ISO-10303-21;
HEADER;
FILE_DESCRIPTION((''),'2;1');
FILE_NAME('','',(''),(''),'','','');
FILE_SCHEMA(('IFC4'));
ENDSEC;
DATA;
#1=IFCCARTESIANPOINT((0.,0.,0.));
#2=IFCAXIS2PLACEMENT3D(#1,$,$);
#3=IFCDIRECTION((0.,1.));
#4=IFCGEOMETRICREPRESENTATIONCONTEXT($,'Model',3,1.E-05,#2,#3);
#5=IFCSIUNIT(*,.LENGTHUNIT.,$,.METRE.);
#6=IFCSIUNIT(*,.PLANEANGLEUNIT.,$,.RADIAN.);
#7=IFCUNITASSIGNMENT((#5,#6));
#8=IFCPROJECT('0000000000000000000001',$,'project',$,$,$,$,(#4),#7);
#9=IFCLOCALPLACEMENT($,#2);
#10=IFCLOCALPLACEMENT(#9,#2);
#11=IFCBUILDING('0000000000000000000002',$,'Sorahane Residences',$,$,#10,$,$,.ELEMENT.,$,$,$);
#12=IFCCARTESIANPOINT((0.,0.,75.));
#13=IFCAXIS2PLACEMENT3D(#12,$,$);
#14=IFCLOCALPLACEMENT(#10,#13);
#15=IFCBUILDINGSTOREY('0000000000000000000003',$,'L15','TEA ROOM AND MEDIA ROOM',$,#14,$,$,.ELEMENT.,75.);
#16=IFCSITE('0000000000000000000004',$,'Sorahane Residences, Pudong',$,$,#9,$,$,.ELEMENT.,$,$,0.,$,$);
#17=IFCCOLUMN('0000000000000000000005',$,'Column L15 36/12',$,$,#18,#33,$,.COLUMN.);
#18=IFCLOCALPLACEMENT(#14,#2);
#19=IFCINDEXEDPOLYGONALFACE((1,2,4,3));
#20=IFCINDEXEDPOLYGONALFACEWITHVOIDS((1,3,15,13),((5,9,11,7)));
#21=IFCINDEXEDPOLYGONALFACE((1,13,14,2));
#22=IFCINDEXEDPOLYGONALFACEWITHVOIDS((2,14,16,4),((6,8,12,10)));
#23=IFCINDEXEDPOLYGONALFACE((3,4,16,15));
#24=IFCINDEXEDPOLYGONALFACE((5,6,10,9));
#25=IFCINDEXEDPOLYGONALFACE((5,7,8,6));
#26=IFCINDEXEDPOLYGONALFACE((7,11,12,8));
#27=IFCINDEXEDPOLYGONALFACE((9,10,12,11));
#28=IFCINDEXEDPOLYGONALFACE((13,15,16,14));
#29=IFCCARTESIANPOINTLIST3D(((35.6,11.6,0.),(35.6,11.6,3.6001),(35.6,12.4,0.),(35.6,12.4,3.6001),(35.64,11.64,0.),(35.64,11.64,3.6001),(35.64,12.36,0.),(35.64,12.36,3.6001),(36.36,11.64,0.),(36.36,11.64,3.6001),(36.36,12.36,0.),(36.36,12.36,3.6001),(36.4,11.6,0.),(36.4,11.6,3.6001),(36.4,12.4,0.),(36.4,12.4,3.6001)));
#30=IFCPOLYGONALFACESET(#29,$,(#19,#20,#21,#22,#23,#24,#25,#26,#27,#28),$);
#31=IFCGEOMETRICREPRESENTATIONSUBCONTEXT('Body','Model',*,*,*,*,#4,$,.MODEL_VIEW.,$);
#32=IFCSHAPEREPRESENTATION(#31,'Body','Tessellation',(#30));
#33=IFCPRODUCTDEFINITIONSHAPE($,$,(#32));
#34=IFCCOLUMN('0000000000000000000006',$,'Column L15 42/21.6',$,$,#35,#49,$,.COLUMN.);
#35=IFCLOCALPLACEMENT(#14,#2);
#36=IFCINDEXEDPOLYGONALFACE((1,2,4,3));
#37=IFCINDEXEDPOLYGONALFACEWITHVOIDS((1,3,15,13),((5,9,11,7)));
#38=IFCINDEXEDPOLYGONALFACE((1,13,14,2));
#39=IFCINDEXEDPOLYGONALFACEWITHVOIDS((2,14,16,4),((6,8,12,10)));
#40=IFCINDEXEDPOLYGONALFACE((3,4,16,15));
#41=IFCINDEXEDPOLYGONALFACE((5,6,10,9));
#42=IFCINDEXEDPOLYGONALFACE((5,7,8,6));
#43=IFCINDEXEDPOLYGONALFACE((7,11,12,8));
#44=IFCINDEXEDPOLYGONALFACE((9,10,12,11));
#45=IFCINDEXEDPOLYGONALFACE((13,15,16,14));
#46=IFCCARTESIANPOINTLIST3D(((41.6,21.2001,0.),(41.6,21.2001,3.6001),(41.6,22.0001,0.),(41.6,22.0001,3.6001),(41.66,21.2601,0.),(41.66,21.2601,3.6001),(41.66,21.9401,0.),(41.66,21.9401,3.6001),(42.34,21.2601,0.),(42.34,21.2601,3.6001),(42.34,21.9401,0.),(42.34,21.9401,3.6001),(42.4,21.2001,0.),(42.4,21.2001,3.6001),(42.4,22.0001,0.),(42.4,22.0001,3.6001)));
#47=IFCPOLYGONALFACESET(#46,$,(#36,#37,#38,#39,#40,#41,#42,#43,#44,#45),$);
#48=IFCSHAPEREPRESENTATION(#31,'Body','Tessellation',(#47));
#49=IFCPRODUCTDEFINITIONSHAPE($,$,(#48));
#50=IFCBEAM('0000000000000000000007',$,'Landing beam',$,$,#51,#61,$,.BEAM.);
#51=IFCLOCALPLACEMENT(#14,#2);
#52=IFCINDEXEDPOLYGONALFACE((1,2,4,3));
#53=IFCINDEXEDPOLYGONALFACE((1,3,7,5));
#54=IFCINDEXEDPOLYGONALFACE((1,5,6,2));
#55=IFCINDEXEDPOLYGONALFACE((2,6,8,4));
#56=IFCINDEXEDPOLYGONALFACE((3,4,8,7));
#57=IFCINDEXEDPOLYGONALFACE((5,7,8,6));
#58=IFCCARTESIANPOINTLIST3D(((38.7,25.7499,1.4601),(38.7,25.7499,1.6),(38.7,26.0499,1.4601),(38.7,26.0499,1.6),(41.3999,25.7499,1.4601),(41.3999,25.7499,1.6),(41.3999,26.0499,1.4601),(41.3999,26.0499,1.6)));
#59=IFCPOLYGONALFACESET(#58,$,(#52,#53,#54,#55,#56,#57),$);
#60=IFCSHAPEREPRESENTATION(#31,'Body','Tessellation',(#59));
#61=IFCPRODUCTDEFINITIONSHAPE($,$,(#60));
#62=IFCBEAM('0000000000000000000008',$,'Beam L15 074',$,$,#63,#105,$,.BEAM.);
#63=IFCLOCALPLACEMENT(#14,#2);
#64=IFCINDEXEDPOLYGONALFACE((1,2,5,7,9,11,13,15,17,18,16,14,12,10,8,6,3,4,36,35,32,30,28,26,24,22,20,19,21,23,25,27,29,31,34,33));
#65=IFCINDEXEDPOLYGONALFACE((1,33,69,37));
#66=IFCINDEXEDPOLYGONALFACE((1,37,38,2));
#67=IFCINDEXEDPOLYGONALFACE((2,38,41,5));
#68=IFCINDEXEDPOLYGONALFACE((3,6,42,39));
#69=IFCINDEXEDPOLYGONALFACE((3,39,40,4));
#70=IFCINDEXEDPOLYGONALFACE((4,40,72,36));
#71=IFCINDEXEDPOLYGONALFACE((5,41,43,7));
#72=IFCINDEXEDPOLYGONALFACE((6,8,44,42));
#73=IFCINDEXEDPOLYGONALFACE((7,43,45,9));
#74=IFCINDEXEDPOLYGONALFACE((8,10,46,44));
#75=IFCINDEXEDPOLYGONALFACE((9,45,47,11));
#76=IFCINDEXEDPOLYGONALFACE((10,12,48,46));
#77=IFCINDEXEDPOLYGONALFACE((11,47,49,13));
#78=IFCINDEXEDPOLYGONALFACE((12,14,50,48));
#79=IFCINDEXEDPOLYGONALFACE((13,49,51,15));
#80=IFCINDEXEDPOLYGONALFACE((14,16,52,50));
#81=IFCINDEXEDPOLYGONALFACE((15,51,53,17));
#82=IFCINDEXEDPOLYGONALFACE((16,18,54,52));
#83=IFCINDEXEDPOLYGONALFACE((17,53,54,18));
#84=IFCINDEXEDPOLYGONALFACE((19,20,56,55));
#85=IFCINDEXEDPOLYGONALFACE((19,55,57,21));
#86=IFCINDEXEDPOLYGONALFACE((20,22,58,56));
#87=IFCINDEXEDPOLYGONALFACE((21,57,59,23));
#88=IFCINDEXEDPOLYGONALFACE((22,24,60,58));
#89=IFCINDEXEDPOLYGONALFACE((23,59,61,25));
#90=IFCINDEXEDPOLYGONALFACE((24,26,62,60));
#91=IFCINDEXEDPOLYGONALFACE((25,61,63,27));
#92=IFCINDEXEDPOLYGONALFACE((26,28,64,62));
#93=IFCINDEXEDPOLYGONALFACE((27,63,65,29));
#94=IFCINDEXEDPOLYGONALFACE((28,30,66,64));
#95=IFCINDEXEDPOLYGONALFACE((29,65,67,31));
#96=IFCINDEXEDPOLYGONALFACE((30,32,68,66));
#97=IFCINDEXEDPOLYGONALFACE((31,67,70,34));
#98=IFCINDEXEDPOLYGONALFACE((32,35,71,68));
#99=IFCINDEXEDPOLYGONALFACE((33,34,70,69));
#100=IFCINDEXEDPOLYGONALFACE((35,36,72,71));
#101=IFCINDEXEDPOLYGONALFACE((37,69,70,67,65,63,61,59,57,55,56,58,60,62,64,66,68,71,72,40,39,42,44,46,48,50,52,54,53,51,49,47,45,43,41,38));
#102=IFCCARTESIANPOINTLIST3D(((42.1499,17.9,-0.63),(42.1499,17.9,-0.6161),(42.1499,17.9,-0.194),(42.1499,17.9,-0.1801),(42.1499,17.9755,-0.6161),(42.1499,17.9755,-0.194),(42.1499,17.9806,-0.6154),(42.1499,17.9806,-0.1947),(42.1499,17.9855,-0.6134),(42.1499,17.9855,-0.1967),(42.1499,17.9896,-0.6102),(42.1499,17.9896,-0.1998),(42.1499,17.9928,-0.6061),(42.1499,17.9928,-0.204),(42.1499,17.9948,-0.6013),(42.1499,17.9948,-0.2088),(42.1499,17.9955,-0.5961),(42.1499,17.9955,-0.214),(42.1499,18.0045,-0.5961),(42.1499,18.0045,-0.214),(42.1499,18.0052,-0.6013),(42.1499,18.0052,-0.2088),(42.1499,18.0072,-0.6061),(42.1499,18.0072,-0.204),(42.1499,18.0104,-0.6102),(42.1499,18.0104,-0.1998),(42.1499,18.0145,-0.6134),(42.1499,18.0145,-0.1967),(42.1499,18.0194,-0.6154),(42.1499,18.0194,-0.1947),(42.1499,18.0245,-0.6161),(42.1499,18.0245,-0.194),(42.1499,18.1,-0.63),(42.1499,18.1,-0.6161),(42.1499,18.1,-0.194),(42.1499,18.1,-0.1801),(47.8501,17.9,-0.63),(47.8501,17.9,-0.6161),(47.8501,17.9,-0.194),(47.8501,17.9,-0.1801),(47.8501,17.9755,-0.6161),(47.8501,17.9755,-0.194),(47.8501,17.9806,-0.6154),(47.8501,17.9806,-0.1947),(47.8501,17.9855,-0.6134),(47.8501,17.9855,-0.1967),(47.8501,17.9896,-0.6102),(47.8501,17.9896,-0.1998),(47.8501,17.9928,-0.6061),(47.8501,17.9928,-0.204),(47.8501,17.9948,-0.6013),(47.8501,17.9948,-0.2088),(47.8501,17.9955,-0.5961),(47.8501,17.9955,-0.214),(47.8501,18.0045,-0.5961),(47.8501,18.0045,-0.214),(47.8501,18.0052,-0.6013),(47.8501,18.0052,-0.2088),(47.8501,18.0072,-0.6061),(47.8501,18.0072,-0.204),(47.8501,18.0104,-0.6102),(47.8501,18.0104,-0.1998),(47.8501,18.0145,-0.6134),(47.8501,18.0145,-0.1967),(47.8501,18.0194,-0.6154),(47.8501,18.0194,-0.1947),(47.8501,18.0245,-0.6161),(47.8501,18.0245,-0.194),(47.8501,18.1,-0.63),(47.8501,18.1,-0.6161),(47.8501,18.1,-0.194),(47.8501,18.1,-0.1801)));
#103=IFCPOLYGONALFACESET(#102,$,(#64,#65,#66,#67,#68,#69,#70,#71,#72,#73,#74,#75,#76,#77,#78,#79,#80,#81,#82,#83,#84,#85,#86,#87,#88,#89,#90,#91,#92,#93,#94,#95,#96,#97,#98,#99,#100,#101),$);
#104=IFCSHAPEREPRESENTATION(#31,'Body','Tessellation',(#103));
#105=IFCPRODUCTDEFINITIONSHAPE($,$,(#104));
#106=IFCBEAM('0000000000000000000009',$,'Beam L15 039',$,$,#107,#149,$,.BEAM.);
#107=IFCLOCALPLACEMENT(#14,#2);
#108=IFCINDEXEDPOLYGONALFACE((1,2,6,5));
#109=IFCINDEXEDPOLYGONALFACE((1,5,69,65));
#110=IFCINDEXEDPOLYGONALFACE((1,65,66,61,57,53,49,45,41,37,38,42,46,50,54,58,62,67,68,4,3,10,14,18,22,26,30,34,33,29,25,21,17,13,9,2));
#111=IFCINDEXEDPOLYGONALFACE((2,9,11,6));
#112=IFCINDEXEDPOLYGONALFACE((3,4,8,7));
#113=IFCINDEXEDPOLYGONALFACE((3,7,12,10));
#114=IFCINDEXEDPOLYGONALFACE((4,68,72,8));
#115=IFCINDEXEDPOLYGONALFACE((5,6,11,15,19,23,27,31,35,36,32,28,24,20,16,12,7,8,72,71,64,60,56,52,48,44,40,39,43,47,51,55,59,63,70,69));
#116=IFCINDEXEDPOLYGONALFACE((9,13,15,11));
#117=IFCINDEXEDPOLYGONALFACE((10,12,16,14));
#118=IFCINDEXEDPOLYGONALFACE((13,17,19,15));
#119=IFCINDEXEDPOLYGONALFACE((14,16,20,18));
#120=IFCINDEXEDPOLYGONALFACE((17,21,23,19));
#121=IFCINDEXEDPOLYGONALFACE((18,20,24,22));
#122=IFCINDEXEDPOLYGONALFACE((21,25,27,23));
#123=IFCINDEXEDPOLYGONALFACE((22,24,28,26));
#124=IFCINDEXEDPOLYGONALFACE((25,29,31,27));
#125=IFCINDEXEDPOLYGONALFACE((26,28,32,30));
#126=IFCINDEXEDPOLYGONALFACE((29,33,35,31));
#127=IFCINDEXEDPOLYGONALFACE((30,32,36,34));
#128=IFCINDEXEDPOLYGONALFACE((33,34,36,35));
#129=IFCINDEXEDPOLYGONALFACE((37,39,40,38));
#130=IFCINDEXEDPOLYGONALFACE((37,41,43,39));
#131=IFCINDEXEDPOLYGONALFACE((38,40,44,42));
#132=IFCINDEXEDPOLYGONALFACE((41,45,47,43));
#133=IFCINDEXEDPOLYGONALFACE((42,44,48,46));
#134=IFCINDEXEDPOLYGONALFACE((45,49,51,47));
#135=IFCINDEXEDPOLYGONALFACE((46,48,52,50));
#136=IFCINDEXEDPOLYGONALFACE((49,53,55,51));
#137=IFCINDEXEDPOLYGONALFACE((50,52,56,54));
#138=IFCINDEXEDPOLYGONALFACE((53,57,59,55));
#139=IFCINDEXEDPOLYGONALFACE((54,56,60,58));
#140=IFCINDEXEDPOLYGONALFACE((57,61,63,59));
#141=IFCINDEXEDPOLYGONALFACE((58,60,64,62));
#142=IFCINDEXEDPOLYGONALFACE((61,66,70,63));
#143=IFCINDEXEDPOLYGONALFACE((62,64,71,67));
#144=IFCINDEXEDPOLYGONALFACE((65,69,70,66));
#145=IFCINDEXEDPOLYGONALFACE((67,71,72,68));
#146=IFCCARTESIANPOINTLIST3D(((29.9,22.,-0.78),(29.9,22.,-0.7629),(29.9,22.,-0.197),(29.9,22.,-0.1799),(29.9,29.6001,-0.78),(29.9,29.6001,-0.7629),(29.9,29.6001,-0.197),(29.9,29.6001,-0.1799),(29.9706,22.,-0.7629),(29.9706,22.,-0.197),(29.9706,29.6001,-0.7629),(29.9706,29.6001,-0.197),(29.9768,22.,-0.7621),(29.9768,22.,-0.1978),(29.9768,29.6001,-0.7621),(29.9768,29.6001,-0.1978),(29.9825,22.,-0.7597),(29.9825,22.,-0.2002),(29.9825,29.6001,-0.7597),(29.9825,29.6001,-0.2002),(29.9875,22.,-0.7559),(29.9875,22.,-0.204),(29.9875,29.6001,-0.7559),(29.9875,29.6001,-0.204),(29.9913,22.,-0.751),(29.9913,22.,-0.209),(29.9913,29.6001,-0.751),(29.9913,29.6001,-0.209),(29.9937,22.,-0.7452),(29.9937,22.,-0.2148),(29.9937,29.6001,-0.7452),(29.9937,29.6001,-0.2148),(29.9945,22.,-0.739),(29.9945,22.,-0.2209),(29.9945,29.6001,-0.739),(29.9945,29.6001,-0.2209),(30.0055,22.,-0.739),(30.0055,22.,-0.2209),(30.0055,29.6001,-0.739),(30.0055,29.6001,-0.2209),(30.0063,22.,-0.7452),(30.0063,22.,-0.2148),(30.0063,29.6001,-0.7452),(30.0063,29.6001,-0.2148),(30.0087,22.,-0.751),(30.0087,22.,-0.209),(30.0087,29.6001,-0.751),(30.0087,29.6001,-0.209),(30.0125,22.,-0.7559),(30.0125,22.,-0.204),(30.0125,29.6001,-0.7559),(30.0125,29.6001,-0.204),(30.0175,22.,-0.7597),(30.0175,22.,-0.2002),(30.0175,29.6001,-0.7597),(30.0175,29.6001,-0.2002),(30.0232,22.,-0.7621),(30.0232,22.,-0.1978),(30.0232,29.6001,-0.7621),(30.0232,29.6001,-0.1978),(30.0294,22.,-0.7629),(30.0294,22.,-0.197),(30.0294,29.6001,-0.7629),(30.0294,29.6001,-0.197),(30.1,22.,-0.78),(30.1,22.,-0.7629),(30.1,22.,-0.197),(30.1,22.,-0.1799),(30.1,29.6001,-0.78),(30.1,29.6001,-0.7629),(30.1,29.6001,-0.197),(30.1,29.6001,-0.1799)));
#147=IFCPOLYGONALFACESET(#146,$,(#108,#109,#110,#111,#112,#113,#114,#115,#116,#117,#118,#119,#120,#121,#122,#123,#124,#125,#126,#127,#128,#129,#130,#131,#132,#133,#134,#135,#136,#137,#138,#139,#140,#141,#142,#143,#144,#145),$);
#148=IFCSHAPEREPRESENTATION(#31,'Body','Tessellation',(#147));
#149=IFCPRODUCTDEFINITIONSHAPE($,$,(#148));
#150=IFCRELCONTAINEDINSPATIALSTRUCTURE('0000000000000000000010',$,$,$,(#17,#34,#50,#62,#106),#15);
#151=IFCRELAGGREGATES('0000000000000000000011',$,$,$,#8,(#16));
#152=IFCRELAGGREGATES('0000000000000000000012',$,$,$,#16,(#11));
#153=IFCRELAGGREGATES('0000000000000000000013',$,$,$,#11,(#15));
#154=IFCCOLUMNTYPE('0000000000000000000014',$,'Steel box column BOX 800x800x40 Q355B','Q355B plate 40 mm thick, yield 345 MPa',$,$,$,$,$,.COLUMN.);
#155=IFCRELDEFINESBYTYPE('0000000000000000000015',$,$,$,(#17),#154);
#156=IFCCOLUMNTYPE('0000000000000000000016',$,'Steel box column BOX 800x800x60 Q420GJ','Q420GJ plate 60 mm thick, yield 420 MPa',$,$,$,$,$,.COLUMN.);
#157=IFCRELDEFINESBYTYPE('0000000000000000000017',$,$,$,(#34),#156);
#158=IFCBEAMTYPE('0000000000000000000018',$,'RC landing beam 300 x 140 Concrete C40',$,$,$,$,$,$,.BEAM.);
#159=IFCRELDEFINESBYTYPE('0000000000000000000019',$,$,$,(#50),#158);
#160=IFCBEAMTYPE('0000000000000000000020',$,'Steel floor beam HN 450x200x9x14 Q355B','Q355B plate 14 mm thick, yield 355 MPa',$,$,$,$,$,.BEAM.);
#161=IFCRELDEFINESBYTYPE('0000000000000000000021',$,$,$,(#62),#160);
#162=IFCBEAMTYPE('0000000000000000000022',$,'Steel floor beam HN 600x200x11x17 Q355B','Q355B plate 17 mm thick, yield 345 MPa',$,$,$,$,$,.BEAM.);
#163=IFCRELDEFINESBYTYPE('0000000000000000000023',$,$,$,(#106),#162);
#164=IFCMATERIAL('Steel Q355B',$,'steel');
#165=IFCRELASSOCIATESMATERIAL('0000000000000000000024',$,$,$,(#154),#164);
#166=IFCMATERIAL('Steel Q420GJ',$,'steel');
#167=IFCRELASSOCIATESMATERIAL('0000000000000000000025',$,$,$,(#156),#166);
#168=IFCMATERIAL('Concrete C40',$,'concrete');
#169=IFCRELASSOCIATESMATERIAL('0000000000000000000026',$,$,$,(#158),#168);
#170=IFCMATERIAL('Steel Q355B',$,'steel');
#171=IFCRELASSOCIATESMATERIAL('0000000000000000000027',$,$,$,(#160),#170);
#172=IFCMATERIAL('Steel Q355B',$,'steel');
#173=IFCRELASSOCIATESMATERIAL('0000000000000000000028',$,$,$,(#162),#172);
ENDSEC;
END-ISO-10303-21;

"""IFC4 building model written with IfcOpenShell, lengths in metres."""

from ifc_helpers import new_model, si_unit, direction, frame, origin, origin_2d, place, context, subcontext, project, spatial, rectangle, hollow_rectangle, i_section, extrude, material, material_profile, profile_set, type_object, element, save


model = new_model("IFC4")

# Units and contexts
model_context = context("Model", 3, precision=1e-05, world=origin(), true_north=direction((0.0, 1.0)))
body_context = subcontext(model_context, "Body", "Model", "MODEL_VIEW")
ifc_project = project(units=[si_unit("LENGTHUNIT", "METRE"), si_unit("PLANEANGLEUNIT", "RADIAN")], contexts=[model_context])

# Site, building, storey
site_placement = place(None, origin())
site = spatial("IfcSite", under=ifc_project, at=site_placement, Name="Sorahane Residences, Pudong", CompositionType="ELEMENT", RefElevation=0.0)
building_placement = place(site_placement, origin())
building = spatial("IfcBuilding", under=site, at=building_placement, Name="Sorahane Residences", CompositionType="ELEMENT")
storey_placement = place(building_placement, frame((0.0, 0.0, 75.0)))
storey = spatial("IfcBuildingStorey", under=building, at=storey_placement, Name="L15", Description="TEA ROOM AND MEDIA ROOM", CompositionType="ELEMENT", Elevation=75.0)

# Columns
ifc_material_1 = material(Name="Steel Q355B", Category="steel")
ifc_material_profile_1 = material_profile(ifc_material_1, hollow_rectangle(XDim=0.8, YDim=0.8, WallThickness=0.04, at=origin_2d()), Name="BOX 800x800x40")
ifc_profile_set_1 = profile_set([ifc_material_profile_1], Name="Steel Q355B")
column_type_1 = type_object("IfcColumnType", Name="Steel box column BOX 800x800x40 Q355B", Description="Q355B plate 40 mm thick, yield 345 MPa", PredefinedType="COLUMN", material=ifc_profile_set_1)
column_1_placement = place(storey_placement, frame((36.0, 12.0, 0.0), z_axis=(0.0, 0.0, 1.0), x_axis=(1.0, 0.0, 0.0)))
element("IfcColumn", 1, at=column_1_placement, inside=storey, type_object=column_type_1, Name="Column L15 36/12", PredefinedType="COLUMN", context=body_context, shape_type="SweptSolid", body=[
    extrude(hollow_rectangle(XDim=0.8, YDim=0.8, WallThickness=0.04, at=origin_2d()), origin(), (0.0, 0.0, 1.0), 3.6001),
])
ifc_material_2 = material(Name="Steel Q420GJ", Category="steel")
ifc_material_profile_2 = material_profile(ifc_material_2, hollow_rectangle(XDim=0.8, YDim=0.8, WallThickness=0.0601, at=origin_2d()), Name="BOX 800x800x60")
ifc_profile_set_2 = profile_set([ifc_material_profile_2], Name="Steel Q420GJ")
column_type_2 = type_object("IfcColumnType", Name="Steel box column BOX 800x800x60 Q420GJ", Description="Q420GJ plate 60 mm thick, yield 420 MPa", PredefinedType="COLUMN", material=ifc_profile_set_2)
column_2_placement = place(storey_placement, frame((42.0, 21.6001, 0.0), z_axis=(0.0, 0.0, 1.0), x_axis=(1.0, 0.0, 0.0)))
element("IfcColumn", 2, at=column_2_placement, inside=storey, type_object=column_type_2, Name="Column L15 42/21.6", PredefinedType="COLUMN", context=body_context, shape_type="SweptSolid", body=[
    extrude(hollow_rectangle(XDim=0.8, YDim=0.8, WallThickness=0.0601, at=origin_2d()), origin(), (0.0, 0.0, 1.0), 3.6001),
])

# Beams
ifc_material_3 = material(Name="Concrete C40", Category="concrete")
ifc_material_profile_3 = material_profile(ifc_material_3, rectangle(XDim=0.3, YDim=0.1399, at=origin_2d()), Name="300x140")
ifc_profile_set_3 = profile_set([ifc_material_profile_3], Name="Concrete C40")
beam_type_1 = type_object("IfcBeamType", Name="RC landing beam 300 x 140 Concrete C40", PredefinedType="BEAM", material=ifc_profile_set_3)
beam_1_placement = place(storey_placement, frame((38.7, 25.8999, 1.53), z_axis=(1.0, 0.0, 0.0), x_axis=(0.0, 1.0, 0.0)))
element("IfcBeam", 3, at=beam_1_placement, inside=storey, type_object=beam_type_1, Name="Landing beam", PredefinedType="BEAM", context=body_context, shape_type="SweptSolid", body=[
    extrude(rectangle(XDim=0.3, YDim=0.1399, at=origin_2d()), origin(), (0.0, 0.0, 1.0), 2.7),
])
ifc_material_4 = material(Name="Steel Q355B", Category="steel")
ifc_material_profile_4 = material_profile(ifc_material_4, i_section(OverallWidth=0.2, OverallDepth=0.45, WebThickness=0.009, FlangeThickness=0.0139, FilletRadius=0.02, at=origin_2d()), Name="HN 450x200x9x14")
ifc_profile_set_4 = profile_set([ifc_material_profile_4], Name="Steel Q355B")
beam_type_2 = type_object("IfcBeamType", Name="Steel floor beam HN 450x200x9x14 Q355B", Description="Q355B plate 14 mm thick, yield 355 MPa", PredefinedType="BEAM", material=ifc_profile_set_4)
beam_2_placement = place(storey_placement, frame((42.1499, 18.0, -0.405), z_axis=(1.0, 0.0, 0.0), x_axis=(0.0, 1.0, 0.0)))
element("IfcBeam", 4, at=beam_2_placement, inside=storey, type_object=beam_type_2, Name="Beam L15 074", PredefinedType="BEAM", context=body_context, shape_type="SweptSolid", body=[
    extrude(i_section(OverallWidth=0.2, OverallDepth=0.45, WebThickness=0.009, FlangeThickness=0.0139, FilletRadius=0.02, at=origin_2d()), origin(), (0.0, 0.0, 1.0), 5.7002),
])
ifc_material_5 = material(Name="Steel Q355B", Category="steel")
ifc_material_profile_5 = material_profile(ifc_material_5, i_section(OverallWidth=0.2, OverallDepth=0.6001, WebThickness=0.011, FlangeThickness=0.0171, FilletRadius=0.0239, at=origin_2d()), Name="HN 600x200x11x17")
ifc_profile_set_5 = profile_set([ifc_material_profile_5], Name="Steel Q355B")
beam_type_3 = type_object("IfcBeamType", Name="Steel floor beam HN 600x200x11x17 Q355B", Description="Q355B plate 17 mm thick, yield 345 MPa", PredefinedType="BEAM", material=ifc_profile_set_5)
for number, where, z_axis, x_axis, name in (
    (5, (30.0, 22.0, -0.48), (0.0, 1.0, 0.0), (-1.0, 0.0, 0.0), "Beam L15 039"),
):
    element("IfcBeam", number, at=place(storey_placement, frame(where, z_axis=z_axis, x_axis=x_axis)), inside=storey, type_object=beam_type_3, Name=name, PredefinedType="BEAM", context=body_context, shape_type="SweptSolid", body=[
        extrude(i_section(OverallWidth=0.2, OverallDepth=0.6001, WebThickness=0.011, FlangeThickness=0.0171, FilletRadius=0.0239, at=origin_2d()), origin(), (0.0, 0.0, 1.0), 7.6001),
    ])

save(model, "model.ifc")
